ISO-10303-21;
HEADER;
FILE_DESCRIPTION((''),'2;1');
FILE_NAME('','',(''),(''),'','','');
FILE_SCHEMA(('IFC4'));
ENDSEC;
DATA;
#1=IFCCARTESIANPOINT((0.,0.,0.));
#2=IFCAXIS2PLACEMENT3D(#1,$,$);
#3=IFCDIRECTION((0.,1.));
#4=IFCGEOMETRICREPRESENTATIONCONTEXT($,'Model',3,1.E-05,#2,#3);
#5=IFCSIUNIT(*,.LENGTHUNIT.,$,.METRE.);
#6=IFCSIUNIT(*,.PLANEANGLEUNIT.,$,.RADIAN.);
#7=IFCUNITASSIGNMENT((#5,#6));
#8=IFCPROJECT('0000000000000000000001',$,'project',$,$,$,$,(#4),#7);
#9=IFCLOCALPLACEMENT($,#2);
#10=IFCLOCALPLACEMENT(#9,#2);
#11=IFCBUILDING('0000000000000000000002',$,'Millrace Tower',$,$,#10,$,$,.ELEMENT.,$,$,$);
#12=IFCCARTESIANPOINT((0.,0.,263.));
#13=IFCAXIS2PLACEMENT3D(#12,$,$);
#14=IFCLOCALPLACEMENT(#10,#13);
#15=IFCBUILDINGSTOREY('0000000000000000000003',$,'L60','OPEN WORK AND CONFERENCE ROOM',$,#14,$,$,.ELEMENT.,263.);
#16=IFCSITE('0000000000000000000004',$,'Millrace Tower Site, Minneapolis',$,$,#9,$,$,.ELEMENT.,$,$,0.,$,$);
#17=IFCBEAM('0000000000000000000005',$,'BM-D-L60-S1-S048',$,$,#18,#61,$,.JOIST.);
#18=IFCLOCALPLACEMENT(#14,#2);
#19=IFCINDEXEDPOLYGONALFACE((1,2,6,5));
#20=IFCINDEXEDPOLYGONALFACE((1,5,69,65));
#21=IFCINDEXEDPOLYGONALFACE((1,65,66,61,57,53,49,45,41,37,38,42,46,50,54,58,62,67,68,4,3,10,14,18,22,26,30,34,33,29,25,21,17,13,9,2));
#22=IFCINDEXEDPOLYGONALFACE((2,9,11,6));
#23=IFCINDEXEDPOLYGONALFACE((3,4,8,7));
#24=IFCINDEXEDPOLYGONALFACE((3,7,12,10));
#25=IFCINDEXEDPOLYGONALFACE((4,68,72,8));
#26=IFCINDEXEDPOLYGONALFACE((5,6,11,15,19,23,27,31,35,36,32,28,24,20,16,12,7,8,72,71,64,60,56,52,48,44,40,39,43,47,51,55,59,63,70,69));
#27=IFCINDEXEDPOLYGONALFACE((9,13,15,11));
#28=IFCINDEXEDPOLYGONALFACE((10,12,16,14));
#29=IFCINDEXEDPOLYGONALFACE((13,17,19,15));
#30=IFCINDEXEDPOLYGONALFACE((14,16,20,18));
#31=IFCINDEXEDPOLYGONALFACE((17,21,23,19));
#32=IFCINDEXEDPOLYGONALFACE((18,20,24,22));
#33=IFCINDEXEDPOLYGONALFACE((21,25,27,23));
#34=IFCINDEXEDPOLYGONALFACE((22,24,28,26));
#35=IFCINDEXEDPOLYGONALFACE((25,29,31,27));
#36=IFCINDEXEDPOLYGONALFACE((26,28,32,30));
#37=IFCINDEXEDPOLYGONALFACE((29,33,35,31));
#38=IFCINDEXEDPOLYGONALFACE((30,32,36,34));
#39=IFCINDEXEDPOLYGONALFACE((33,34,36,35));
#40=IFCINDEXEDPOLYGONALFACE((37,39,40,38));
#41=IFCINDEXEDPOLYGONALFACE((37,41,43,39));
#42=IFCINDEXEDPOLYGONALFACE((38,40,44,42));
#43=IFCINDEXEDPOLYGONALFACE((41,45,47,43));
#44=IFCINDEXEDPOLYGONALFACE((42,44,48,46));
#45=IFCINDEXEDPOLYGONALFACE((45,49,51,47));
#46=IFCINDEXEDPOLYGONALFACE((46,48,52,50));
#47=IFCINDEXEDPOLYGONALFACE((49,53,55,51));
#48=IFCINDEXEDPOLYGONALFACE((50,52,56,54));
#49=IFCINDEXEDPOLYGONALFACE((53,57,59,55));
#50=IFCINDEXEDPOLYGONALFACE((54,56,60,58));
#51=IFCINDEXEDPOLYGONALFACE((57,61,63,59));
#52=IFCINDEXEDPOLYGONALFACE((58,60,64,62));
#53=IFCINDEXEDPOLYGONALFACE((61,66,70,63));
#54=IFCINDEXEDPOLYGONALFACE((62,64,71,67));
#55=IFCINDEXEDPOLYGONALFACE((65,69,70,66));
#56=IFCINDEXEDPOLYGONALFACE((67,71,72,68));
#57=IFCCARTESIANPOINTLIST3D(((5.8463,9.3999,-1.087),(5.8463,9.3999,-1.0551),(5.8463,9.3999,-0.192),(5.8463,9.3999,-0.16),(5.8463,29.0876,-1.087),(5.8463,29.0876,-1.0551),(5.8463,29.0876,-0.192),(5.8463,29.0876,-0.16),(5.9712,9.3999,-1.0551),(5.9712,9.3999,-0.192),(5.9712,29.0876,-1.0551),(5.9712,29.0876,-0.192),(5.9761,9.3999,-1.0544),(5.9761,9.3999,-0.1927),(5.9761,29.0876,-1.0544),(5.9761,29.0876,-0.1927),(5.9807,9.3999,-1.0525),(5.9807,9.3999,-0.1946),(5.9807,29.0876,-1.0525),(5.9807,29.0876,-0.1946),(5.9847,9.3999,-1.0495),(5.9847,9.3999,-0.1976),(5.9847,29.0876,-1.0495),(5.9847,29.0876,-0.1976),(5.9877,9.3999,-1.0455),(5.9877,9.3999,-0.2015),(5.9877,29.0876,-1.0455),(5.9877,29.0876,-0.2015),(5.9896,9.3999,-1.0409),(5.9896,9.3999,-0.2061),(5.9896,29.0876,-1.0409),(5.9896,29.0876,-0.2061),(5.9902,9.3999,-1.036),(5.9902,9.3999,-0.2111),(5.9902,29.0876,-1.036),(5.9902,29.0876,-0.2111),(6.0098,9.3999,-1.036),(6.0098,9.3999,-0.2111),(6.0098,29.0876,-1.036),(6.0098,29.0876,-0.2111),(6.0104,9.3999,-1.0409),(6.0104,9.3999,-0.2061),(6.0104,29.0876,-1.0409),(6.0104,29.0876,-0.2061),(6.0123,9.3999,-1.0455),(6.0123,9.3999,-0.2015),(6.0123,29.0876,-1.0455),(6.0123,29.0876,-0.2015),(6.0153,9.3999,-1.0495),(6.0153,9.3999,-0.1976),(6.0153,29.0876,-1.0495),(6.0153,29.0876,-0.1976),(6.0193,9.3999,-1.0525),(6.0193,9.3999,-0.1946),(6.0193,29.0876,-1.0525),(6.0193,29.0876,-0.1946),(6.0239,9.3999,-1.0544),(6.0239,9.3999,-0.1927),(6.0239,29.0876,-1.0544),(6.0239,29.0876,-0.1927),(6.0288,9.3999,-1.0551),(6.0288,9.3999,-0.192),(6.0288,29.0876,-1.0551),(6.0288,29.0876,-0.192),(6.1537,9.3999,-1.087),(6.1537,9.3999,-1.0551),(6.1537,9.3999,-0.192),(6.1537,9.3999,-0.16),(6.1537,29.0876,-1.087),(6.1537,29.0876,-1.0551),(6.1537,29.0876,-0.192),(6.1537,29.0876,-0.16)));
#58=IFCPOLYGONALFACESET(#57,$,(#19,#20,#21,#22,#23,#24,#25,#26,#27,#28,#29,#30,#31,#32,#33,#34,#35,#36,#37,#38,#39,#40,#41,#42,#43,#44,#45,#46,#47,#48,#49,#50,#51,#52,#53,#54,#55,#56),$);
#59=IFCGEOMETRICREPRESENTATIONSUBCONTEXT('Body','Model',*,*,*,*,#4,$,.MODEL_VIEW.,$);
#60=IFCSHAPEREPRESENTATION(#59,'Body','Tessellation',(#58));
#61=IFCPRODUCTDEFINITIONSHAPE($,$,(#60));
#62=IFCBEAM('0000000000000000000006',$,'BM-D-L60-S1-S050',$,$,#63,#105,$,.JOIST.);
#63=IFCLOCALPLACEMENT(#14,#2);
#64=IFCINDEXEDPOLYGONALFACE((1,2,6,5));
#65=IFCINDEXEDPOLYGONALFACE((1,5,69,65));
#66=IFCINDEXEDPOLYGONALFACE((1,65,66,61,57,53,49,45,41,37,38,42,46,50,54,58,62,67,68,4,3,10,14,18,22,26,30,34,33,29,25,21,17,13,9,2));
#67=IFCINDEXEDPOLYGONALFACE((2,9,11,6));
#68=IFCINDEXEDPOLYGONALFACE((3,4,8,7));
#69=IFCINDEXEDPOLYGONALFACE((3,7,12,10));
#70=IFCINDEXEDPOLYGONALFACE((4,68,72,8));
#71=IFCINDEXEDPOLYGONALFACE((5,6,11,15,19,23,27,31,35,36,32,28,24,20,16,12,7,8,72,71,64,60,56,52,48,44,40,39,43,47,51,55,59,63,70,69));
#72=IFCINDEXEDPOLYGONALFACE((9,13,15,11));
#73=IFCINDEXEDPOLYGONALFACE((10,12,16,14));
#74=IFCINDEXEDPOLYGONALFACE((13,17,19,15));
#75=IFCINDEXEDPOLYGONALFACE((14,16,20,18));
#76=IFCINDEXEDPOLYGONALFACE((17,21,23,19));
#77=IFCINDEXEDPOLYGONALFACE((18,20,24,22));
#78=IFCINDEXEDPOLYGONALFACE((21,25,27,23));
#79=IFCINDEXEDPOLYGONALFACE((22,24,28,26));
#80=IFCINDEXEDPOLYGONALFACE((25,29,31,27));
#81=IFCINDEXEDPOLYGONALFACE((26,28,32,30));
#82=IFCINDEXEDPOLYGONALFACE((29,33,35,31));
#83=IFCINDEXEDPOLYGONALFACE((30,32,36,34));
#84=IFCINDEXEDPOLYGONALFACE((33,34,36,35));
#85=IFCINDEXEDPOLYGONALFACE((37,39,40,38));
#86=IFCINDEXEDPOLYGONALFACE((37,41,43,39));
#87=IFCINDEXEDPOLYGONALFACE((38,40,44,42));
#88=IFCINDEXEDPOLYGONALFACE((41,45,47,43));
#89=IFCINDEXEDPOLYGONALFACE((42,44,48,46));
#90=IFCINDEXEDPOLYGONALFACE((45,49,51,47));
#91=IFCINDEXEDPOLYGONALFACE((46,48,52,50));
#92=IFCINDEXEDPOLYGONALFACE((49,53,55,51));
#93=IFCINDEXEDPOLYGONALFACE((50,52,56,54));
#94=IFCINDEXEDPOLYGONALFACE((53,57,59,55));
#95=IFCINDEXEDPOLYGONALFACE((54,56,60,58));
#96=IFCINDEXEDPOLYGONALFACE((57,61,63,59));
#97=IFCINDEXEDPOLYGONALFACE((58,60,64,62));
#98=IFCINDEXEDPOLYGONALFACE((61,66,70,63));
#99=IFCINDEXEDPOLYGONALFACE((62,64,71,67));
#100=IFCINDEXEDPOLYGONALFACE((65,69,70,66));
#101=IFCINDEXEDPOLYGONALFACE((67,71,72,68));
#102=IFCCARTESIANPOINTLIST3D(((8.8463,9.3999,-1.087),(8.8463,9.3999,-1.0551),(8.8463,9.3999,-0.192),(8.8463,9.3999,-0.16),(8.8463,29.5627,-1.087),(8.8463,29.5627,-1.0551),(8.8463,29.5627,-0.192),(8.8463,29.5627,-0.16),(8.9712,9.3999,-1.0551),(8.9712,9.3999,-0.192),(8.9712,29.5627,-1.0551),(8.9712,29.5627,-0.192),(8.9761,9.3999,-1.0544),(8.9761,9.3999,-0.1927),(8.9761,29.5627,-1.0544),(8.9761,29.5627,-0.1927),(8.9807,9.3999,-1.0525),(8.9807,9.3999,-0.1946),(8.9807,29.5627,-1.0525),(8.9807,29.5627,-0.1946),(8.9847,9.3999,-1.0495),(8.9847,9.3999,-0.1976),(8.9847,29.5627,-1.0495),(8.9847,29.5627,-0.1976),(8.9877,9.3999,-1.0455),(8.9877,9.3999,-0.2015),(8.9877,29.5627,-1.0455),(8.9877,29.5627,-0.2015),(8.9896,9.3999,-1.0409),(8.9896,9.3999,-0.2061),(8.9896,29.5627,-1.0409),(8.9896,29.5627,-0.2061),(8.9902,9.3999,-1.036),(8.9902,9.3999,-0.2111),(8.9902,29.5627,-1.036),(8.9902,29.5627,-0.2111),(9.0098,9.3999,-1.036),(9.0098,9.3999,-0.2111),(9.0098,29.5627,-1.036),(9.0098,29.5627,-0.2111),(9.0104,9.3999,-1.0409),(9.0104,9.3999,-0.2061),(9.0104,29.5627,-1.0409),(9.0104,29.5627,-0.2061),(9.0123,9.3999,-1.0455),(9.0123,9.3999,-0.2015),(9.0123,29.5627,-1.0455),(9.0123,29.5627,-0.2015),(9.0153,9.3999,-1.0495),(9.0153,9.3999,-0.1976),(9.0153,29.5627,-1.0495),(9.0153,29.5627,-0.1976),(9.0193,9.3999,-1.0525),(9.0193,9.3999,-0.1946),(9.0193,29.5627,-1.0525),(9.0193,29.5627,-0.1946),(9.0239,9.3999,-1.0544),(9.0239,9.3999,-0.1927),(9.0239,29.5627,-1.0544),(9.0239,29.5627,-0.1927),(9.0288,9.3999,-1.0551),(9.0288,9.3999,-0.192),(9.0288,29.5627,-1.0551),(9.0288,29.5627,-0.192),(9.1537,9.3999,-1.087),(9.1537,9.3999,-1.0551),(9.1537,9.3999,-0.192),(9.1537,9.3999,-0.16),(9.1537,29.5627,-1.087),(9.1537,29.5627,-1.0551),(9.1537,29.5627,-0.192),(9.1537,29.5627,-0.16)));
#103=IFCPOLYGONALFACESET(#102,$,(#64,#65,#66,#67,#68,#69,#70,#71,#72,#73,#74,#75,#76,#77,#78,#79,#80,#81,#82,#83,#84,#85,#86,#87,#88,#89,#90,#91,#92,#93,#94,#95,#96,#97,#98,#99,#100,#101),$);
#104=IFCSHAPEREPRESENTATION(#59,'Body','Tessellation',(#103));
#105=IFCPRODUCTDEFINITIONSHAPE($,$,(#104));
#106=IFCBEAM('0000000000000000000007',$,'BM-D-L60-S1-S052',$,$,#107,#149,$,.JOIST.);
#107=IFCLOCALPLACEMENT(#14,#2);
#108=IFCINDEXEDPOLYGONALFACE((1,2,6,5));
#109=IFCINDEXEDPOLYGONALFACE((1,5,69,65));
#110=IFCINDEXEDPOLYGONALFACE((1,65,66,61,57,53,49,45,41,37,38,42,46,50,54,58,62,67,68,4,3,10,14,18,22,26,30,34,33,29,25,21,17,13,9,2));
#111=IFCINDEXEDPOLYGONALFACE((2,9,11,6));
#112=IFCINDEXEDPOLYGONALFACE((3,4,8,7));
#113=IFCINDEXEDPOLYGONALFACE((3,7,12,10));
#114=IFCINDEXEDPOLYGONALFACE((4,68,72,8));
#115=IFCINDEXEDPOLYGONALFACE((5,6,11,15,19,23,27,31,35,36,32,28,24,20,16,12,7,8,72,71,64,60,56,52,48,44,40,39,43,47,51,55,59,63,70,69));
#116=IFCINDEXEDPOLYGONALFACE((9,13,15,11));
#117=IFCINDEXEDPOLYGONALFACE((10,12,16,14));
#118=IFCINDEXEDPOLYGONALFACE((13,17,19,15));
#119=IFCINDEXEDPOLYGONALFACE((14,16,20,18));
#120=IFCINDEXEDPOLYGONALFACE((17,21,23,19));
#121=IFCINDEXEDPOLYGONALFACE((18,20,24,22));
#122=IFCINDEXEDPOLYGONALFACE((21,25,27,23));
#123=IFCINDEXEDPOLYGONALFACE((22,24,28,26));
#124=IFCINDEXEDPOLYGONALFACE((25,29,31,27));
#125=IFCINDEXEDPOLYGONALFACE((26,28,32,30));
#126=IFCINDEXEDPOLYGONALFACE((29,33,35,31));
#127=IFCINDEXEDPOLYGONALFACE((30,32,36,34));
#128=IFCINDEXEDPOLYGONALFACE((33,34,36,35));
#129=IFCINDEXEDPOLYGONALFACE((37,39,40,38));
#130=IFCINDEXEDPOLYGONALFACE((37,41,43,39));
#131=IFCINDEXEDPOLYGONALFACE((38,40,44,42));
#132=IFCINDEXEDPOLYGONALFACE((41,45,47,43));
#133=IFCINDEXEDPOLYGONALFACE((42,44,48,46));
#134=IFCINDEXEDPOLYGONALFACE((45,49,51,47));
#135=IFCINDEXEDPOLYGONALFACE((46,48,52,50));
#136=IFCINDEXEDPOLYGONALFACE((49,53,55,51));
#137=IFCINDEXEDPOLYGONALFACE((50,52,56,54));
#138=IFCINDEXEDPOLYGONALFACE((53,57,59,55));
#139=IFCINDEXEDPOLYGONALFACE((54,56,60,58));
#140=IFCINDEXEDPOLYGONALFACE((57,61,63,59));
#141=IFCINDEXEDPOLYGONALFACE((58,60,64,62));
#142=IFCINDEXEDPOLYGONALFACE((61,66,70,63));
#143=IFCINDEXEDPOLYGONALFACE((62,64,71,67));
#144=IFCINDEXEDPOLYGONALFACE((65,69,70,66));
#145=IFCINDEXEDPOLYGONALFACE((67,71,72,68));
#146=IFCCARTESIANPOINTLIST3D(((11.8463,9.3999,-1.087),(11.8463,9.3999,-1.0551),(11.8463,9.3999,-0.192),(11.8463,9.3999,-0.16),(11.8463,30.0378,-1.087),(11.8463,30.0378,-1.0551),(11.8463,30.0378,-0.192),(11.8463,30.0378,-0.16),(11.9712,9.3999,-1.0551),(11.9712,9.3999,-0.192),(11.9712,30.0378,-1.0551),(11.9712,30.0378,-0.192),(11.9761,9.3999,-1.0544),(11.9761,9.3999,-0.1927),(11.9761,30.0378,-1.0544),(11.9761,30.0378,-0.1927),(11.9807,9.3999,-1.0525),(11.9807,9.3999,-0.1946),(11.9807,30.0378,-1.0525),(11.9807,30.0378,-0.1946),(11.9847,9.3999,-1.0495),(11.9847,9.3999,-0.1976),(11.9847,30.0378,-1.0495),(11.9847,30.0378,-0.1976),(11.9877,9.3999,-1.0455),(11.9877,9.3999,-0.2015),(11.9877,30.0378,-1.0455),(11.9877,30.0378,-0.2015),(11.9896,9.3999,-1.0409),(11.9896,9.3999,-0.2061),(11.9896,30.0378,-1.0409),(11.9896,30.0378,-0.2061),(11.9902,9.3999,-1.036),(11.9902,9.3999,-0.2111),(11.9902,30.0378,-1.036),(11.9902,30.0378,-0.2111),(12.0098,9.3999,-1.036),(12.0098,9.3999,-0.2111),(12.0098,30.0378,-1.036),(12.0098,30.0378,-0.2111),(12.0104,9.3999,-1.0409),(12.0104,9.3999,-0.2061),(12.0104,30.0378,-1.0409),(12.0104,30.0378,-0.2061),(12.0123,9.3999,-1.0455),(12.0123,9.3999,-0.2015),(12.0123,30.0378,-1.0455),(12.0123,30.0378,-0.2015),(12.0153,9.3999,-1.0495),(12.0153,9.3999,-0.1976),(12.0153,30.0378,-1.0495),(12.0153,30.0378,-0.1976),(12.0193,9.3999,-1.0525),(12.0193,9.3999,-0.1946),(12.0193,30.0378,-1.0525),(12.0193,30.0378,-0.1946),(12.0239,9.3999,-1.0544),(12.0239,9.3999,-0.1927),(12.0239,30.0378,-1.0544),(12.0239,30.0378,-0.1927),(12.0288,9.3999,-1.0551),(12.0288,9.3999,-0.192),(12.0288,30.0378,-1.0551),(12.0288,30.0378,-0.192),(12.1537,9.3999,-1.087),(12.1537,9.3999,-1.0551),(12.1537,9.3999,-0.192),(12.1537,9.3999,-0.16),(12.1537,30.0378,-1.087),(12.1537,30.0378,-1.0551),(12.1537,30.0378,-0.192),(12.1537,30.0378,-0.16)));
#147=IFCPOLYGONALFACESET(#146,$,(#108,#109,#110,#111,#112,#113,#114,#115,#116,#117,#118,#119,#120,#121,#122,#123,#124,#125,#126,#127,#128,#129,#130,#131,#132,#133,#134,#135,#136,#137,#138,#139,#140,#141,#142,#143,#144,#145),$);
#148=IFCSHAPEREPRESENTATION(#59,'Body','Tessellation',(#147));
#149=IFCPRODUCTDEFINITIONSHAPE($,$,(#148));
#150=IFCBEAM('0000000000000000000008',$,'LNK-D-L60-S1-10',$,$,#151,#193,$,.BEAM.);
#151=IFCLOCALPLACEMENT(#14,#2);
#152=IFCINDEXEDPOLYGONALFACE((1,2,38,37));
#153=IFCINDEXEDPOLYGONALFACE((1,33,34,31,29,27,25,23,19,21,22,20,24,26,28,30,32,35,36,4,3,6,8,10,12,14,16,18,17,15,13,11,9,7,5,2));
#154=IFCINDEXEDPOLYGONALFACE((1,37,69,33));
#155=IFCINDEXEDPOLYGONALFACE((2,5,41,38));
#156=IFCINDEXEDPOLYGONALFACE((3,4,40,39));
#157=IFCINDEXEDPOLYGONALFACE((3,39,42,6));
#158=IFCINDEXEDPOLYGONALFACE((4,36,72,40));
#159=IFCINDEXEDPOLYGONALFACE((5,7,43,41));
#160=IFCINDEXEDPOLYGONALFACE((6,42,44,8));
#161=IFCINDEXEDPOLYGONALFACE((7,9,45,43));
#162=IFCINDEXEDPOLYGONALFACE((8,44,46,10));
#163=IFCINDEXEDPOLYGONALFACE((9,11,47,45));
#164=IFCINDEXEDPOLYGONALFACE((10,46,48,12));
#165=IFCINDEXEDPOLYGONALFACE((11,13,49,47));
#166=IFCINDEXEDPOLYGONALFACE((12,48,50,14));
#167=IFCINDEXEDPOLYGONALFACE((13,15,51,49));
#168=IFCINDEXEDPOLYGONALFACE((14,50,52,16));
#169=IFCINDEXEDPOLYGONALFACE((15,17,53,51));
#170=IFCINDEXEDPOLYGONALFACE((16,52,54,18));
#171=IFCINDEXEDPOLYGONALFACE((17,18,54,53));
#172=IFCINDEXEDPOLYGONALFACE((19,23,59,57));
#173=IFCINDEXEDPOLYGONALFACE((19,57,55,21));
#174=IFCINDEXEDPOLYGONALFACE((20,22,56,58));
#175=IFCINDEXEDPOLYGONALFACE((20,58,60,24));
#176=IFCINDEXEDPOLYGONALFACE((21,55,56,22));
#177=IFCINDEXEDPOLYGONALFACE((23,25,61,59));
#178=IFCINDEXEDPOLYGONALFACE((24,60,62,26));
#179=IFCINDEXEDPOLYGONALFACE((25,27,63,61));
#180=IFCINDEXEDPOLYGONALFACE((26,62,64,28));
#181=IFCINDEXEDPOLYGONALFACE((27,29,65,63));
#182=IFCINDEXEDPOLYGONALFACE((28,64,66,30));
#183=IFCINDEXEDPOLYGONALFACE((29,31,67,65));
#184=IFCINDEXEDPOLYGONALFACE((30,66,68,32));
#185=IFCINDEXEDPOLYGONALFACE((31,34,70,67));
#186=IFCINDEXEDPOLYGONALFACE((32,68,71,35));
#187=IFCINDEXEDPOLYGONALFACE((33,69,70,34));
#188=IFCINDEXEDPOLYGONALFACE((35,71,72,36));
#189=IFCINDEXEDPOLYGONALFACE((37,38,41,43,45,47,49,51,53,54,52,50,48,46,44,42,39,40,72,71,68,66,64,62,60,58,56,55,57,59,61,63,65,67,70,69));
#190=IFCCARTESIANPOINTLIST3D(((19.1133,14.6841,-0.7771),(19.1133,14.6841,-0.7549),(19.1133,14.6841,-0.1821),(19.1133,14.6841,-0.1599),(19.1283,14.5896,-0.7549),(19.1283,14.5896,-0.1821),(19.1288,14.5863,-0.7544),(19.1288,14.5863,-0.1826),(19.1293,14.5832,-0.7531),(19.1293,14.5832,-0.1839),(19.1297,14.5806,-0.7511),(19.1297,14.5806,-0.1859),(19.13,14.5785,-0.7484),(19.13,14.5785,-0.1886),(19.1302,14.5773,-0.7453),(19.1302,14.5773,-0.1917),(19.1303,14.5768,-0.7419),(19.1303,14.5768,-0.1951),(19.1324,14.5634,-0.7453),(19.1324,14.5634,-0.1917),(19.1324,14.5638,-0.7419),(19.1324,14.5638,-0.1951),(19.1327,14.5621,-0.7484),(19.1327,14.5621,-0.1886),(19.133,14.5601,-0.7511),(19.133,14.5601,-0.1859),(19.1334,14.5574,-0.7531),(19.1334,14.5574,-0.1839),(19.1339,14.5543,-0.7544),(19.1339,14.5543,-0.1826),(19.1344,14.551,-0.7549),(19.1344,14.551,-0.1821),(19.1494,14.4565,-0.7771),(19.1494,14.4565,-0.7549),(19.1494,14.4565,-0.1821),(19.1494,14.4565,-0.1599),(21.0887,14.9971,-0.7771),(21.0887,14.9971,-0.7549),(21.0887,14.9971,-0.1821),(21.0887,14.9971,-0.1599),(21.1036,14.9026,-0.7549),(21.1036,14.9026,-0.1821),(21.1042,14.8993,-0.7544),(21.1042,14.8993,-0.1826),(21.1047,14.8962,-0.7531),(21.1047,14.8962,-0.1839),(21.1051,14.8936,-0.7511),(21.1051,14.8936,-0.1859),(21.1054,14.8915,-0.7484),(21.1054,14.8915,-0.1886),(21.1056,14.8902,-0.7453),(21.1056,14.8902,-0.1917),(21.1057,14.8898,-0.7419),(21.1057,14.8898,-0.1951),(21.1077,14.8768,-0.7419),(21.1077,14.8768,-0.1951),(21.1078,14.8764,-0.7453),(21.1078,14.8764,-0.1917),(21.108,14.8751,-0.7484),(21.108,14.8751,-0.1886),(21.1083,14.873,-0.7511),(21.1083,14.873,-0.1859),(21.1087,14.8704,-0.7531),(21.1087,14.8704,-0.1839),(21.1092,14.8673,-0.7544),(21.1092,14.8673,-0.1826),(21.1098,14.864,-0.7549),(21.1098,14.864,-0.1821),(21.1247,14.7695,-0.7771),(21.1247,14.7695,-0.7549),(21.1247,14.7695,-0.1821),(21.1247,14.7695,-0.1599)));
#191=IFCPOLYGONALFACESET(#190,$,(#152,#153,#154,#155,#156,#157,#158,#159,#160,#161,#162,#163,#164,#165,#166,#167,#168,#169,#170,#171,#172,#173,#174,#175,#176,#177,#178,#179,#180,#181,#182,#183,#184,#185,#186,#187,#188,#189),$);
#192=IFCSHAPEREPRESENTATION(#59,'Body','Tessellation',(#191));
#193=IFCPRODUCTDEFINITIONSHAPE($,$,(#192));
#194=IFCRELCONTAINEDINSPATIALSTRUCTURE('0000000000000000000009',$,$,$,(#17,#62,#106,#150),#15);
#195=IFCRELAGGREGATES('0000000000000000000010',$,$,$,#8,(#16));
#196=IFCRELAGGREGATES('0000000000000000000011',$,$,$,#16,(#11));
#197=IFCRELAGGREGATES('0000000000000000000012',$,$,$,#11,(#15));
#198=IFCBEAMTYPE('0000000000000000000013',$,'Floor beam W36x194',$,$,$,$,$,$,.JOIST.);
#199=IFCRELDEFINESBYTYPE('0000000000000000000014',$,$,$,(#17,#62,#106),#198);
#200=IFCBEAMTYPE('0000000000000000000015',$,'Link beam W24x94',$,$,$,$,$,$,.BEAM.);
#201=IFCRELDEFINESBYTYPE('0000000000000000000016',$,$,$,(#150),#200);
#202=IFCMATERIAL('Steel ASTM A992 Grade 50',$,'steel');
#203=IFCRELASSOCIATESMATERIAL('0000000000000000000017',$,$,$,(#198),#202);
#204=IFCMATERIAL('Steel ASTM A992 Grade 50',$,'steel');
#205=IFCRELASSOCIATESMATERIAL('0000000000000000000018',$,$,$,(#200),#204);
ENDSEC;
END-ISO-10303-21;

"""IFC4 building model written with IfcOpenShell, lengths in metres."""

from ifc_helpers import new_model, si_unit, direction, frame, origin, origin_2d, place, context, subcontext, project, spatial, i_section, extrude, material, material_profile, profile_set, type_object, element, save


model = new_model("IFC4")

# Units and contexts
model_context = context("Model", 3, precision=1e-05, world=origin(), true_north=direction((0.0, 1.0)))
body_context = subcontext(model_context, "Body", "Model", "MODEL_VIEW")
ifc_project = project(units=[si_unit("LENGTHUNIT", "METRE"), si_unit("PLANEANGLEUNIT", "RADIAN")], contexts=[model_context])

# Site, building, storey
site_placement = place(None, origin())
site = spatial("IfcSite", under=ifc_project, at=site_placement, Name="Millrace Tower Site, Minneapolis", CompositionType="ELEMENT", RefElevation=0.0)
building_placement = place(site_placement, origin())
building = spatial("IfcBuilding", under=site, at=building_placement, Name="Millrace Tower", CompositionType="ELEMENT")
storey_placement = place(building_placement, frame((0.0, 0.0, 263.0)))
storey = spatial("IfcBuildingStorey", under=building, at=storey_placement, Name="L60", Description="OPEN WORK AND CONFERENCE ROOM", CompositionType="ELEMENT", Elevation=263.0)

# Beams
ifc_material_1 = material(Name="Steel ASTM A992 Grade 50", Category="steel")
ifc_material_profile_1 = material_profile(ifc_material_1, i_section(OverallWidth=0.3074, OverallDepth=0.927, WebThickness=0.0195, FlangeThickness=0.032, FilletRadius=0.019, at=origin_2d()))
ifc_profile_set_1 = profile_set([ifc_material_profile_1], Name="Steel ASTM A992 Grade 50")
beam_type_1 = type_object("IfcBeamType", Name="Floor beam W36x194", PredefinedType="JOIST", material=ifc_profile_set_1)
beam_1_placement = place(storey_placement, frame((6.0, 9.3999, -0.6235), z_axis=(0.0, 1.0, 0.0), x_axis=(-1.0, 0.0, 0.0)))
element("IfcBeam", 1, at=beam_1_placement, inside=storey, type_object=beam_type_1, Name="BM-D-L60-S1-S048", PredefinedType="JOIST", context=body_context, shape_type="SweptSolid", body=[
    extrude(i_section(OverallWidth=0.3074, OverallDepth=0.927, WebThickness=0.0195, FlangeThickness=0.032, FilletRadius=0.019, at=origin_2d()), origin(), (0.0, 0.0, 1.0), 19.6877),
])
beam_2_placement = place(storey_placement, frame((9.0, 9.3999, -0.6235), z_axis=(0.0, 1.0, 0.0), x_axis=(-1.0, 0.0, 0.0)))
element("IfcBeam", 2, at=beam_2_placement, inside=storey, type_object=beam_type_1, Name="BM-D-L60-S1-S050", PredefinedType="JOIST", context=body_context, shape_type="SweptSolid", body=[
    extrude(i_section(OverallWidth=0.3074, OverallDepth=0.927, WebThickness=0.0195, FlangeThickness=0.032, FilletRadius=0.019, at=origin_2d()), origin(), (0.0, 0.0, 1.0), 20.1628),
])
beam_3_placement = place(storey_placement, frame((12.0, 9.3999, -0.6235), z_axis=(0.0, 1.0, 0.0), x_axis=(-1.0, 0.0, 0.0)))
element("IfcBeam", 3, at=beam_3_placement, inside=storey, type_object=beam_type_1, Name="BM-D-L60-S1-S052", PredefinedType="JOIST", context=body_context, shape_type="SweptSolid", body=[
    extrude(i_section(OverallWidth=0.3074, OverallDepth=0.927, WebThickness=0.0195, FlangeThickness=0.032, FilletRadius=0.019, at=origin_2d()), origin(), (0.0, 0.0, 1.0), 20.6379),
])
ifc_material_2 = material(Name="Steel ASTM A992 Grade 50", Category="steel")
ifc_material_profile_2 = material_profile(ifc_material_2, i_section(OverallWidth=0.2305, OverallDepth=0.6172, WebThickness=0.0132, FlangeThickness=0.0222, FilletRadius=0.0129, at=origin_2d()))
ifc_profile_set_2 = profile_set([ifc_material_profile_2], Name="Steel ASTM A992 Grade 50")
beam_type_2 = type_object("IfcBeamType", Name="Link beam W24x94", PredefinedType="BEAM", material=ifc_profile_set_2)
beam_4_placement = place(storey_placement, frame((19.1313, 14.5703, -0.4685), z_axis=(0.987679, 0.156495, 0.0), x_axis=(-0.156495, 0.987679, 0.0)))
element("IfcBeam", 4, at=beam_4_placement, inside=storey, type_object=beam_type_2, Name="LNK-D-L60-S1-10", PredefinedType="BEAM", context=body_context, shape_type="SweptSolid", body=[
    extrude(i_section(OverallWidth=0.2305, OverallDepth=0.6172, WebThickness=0.0132, FlangeThickness=0.0222, FilletRadius=0.0129, at=origin_2d()), origin(), (0.0, 0.0, 1.0), 2.0),
])

save(model, "model.ifc")
